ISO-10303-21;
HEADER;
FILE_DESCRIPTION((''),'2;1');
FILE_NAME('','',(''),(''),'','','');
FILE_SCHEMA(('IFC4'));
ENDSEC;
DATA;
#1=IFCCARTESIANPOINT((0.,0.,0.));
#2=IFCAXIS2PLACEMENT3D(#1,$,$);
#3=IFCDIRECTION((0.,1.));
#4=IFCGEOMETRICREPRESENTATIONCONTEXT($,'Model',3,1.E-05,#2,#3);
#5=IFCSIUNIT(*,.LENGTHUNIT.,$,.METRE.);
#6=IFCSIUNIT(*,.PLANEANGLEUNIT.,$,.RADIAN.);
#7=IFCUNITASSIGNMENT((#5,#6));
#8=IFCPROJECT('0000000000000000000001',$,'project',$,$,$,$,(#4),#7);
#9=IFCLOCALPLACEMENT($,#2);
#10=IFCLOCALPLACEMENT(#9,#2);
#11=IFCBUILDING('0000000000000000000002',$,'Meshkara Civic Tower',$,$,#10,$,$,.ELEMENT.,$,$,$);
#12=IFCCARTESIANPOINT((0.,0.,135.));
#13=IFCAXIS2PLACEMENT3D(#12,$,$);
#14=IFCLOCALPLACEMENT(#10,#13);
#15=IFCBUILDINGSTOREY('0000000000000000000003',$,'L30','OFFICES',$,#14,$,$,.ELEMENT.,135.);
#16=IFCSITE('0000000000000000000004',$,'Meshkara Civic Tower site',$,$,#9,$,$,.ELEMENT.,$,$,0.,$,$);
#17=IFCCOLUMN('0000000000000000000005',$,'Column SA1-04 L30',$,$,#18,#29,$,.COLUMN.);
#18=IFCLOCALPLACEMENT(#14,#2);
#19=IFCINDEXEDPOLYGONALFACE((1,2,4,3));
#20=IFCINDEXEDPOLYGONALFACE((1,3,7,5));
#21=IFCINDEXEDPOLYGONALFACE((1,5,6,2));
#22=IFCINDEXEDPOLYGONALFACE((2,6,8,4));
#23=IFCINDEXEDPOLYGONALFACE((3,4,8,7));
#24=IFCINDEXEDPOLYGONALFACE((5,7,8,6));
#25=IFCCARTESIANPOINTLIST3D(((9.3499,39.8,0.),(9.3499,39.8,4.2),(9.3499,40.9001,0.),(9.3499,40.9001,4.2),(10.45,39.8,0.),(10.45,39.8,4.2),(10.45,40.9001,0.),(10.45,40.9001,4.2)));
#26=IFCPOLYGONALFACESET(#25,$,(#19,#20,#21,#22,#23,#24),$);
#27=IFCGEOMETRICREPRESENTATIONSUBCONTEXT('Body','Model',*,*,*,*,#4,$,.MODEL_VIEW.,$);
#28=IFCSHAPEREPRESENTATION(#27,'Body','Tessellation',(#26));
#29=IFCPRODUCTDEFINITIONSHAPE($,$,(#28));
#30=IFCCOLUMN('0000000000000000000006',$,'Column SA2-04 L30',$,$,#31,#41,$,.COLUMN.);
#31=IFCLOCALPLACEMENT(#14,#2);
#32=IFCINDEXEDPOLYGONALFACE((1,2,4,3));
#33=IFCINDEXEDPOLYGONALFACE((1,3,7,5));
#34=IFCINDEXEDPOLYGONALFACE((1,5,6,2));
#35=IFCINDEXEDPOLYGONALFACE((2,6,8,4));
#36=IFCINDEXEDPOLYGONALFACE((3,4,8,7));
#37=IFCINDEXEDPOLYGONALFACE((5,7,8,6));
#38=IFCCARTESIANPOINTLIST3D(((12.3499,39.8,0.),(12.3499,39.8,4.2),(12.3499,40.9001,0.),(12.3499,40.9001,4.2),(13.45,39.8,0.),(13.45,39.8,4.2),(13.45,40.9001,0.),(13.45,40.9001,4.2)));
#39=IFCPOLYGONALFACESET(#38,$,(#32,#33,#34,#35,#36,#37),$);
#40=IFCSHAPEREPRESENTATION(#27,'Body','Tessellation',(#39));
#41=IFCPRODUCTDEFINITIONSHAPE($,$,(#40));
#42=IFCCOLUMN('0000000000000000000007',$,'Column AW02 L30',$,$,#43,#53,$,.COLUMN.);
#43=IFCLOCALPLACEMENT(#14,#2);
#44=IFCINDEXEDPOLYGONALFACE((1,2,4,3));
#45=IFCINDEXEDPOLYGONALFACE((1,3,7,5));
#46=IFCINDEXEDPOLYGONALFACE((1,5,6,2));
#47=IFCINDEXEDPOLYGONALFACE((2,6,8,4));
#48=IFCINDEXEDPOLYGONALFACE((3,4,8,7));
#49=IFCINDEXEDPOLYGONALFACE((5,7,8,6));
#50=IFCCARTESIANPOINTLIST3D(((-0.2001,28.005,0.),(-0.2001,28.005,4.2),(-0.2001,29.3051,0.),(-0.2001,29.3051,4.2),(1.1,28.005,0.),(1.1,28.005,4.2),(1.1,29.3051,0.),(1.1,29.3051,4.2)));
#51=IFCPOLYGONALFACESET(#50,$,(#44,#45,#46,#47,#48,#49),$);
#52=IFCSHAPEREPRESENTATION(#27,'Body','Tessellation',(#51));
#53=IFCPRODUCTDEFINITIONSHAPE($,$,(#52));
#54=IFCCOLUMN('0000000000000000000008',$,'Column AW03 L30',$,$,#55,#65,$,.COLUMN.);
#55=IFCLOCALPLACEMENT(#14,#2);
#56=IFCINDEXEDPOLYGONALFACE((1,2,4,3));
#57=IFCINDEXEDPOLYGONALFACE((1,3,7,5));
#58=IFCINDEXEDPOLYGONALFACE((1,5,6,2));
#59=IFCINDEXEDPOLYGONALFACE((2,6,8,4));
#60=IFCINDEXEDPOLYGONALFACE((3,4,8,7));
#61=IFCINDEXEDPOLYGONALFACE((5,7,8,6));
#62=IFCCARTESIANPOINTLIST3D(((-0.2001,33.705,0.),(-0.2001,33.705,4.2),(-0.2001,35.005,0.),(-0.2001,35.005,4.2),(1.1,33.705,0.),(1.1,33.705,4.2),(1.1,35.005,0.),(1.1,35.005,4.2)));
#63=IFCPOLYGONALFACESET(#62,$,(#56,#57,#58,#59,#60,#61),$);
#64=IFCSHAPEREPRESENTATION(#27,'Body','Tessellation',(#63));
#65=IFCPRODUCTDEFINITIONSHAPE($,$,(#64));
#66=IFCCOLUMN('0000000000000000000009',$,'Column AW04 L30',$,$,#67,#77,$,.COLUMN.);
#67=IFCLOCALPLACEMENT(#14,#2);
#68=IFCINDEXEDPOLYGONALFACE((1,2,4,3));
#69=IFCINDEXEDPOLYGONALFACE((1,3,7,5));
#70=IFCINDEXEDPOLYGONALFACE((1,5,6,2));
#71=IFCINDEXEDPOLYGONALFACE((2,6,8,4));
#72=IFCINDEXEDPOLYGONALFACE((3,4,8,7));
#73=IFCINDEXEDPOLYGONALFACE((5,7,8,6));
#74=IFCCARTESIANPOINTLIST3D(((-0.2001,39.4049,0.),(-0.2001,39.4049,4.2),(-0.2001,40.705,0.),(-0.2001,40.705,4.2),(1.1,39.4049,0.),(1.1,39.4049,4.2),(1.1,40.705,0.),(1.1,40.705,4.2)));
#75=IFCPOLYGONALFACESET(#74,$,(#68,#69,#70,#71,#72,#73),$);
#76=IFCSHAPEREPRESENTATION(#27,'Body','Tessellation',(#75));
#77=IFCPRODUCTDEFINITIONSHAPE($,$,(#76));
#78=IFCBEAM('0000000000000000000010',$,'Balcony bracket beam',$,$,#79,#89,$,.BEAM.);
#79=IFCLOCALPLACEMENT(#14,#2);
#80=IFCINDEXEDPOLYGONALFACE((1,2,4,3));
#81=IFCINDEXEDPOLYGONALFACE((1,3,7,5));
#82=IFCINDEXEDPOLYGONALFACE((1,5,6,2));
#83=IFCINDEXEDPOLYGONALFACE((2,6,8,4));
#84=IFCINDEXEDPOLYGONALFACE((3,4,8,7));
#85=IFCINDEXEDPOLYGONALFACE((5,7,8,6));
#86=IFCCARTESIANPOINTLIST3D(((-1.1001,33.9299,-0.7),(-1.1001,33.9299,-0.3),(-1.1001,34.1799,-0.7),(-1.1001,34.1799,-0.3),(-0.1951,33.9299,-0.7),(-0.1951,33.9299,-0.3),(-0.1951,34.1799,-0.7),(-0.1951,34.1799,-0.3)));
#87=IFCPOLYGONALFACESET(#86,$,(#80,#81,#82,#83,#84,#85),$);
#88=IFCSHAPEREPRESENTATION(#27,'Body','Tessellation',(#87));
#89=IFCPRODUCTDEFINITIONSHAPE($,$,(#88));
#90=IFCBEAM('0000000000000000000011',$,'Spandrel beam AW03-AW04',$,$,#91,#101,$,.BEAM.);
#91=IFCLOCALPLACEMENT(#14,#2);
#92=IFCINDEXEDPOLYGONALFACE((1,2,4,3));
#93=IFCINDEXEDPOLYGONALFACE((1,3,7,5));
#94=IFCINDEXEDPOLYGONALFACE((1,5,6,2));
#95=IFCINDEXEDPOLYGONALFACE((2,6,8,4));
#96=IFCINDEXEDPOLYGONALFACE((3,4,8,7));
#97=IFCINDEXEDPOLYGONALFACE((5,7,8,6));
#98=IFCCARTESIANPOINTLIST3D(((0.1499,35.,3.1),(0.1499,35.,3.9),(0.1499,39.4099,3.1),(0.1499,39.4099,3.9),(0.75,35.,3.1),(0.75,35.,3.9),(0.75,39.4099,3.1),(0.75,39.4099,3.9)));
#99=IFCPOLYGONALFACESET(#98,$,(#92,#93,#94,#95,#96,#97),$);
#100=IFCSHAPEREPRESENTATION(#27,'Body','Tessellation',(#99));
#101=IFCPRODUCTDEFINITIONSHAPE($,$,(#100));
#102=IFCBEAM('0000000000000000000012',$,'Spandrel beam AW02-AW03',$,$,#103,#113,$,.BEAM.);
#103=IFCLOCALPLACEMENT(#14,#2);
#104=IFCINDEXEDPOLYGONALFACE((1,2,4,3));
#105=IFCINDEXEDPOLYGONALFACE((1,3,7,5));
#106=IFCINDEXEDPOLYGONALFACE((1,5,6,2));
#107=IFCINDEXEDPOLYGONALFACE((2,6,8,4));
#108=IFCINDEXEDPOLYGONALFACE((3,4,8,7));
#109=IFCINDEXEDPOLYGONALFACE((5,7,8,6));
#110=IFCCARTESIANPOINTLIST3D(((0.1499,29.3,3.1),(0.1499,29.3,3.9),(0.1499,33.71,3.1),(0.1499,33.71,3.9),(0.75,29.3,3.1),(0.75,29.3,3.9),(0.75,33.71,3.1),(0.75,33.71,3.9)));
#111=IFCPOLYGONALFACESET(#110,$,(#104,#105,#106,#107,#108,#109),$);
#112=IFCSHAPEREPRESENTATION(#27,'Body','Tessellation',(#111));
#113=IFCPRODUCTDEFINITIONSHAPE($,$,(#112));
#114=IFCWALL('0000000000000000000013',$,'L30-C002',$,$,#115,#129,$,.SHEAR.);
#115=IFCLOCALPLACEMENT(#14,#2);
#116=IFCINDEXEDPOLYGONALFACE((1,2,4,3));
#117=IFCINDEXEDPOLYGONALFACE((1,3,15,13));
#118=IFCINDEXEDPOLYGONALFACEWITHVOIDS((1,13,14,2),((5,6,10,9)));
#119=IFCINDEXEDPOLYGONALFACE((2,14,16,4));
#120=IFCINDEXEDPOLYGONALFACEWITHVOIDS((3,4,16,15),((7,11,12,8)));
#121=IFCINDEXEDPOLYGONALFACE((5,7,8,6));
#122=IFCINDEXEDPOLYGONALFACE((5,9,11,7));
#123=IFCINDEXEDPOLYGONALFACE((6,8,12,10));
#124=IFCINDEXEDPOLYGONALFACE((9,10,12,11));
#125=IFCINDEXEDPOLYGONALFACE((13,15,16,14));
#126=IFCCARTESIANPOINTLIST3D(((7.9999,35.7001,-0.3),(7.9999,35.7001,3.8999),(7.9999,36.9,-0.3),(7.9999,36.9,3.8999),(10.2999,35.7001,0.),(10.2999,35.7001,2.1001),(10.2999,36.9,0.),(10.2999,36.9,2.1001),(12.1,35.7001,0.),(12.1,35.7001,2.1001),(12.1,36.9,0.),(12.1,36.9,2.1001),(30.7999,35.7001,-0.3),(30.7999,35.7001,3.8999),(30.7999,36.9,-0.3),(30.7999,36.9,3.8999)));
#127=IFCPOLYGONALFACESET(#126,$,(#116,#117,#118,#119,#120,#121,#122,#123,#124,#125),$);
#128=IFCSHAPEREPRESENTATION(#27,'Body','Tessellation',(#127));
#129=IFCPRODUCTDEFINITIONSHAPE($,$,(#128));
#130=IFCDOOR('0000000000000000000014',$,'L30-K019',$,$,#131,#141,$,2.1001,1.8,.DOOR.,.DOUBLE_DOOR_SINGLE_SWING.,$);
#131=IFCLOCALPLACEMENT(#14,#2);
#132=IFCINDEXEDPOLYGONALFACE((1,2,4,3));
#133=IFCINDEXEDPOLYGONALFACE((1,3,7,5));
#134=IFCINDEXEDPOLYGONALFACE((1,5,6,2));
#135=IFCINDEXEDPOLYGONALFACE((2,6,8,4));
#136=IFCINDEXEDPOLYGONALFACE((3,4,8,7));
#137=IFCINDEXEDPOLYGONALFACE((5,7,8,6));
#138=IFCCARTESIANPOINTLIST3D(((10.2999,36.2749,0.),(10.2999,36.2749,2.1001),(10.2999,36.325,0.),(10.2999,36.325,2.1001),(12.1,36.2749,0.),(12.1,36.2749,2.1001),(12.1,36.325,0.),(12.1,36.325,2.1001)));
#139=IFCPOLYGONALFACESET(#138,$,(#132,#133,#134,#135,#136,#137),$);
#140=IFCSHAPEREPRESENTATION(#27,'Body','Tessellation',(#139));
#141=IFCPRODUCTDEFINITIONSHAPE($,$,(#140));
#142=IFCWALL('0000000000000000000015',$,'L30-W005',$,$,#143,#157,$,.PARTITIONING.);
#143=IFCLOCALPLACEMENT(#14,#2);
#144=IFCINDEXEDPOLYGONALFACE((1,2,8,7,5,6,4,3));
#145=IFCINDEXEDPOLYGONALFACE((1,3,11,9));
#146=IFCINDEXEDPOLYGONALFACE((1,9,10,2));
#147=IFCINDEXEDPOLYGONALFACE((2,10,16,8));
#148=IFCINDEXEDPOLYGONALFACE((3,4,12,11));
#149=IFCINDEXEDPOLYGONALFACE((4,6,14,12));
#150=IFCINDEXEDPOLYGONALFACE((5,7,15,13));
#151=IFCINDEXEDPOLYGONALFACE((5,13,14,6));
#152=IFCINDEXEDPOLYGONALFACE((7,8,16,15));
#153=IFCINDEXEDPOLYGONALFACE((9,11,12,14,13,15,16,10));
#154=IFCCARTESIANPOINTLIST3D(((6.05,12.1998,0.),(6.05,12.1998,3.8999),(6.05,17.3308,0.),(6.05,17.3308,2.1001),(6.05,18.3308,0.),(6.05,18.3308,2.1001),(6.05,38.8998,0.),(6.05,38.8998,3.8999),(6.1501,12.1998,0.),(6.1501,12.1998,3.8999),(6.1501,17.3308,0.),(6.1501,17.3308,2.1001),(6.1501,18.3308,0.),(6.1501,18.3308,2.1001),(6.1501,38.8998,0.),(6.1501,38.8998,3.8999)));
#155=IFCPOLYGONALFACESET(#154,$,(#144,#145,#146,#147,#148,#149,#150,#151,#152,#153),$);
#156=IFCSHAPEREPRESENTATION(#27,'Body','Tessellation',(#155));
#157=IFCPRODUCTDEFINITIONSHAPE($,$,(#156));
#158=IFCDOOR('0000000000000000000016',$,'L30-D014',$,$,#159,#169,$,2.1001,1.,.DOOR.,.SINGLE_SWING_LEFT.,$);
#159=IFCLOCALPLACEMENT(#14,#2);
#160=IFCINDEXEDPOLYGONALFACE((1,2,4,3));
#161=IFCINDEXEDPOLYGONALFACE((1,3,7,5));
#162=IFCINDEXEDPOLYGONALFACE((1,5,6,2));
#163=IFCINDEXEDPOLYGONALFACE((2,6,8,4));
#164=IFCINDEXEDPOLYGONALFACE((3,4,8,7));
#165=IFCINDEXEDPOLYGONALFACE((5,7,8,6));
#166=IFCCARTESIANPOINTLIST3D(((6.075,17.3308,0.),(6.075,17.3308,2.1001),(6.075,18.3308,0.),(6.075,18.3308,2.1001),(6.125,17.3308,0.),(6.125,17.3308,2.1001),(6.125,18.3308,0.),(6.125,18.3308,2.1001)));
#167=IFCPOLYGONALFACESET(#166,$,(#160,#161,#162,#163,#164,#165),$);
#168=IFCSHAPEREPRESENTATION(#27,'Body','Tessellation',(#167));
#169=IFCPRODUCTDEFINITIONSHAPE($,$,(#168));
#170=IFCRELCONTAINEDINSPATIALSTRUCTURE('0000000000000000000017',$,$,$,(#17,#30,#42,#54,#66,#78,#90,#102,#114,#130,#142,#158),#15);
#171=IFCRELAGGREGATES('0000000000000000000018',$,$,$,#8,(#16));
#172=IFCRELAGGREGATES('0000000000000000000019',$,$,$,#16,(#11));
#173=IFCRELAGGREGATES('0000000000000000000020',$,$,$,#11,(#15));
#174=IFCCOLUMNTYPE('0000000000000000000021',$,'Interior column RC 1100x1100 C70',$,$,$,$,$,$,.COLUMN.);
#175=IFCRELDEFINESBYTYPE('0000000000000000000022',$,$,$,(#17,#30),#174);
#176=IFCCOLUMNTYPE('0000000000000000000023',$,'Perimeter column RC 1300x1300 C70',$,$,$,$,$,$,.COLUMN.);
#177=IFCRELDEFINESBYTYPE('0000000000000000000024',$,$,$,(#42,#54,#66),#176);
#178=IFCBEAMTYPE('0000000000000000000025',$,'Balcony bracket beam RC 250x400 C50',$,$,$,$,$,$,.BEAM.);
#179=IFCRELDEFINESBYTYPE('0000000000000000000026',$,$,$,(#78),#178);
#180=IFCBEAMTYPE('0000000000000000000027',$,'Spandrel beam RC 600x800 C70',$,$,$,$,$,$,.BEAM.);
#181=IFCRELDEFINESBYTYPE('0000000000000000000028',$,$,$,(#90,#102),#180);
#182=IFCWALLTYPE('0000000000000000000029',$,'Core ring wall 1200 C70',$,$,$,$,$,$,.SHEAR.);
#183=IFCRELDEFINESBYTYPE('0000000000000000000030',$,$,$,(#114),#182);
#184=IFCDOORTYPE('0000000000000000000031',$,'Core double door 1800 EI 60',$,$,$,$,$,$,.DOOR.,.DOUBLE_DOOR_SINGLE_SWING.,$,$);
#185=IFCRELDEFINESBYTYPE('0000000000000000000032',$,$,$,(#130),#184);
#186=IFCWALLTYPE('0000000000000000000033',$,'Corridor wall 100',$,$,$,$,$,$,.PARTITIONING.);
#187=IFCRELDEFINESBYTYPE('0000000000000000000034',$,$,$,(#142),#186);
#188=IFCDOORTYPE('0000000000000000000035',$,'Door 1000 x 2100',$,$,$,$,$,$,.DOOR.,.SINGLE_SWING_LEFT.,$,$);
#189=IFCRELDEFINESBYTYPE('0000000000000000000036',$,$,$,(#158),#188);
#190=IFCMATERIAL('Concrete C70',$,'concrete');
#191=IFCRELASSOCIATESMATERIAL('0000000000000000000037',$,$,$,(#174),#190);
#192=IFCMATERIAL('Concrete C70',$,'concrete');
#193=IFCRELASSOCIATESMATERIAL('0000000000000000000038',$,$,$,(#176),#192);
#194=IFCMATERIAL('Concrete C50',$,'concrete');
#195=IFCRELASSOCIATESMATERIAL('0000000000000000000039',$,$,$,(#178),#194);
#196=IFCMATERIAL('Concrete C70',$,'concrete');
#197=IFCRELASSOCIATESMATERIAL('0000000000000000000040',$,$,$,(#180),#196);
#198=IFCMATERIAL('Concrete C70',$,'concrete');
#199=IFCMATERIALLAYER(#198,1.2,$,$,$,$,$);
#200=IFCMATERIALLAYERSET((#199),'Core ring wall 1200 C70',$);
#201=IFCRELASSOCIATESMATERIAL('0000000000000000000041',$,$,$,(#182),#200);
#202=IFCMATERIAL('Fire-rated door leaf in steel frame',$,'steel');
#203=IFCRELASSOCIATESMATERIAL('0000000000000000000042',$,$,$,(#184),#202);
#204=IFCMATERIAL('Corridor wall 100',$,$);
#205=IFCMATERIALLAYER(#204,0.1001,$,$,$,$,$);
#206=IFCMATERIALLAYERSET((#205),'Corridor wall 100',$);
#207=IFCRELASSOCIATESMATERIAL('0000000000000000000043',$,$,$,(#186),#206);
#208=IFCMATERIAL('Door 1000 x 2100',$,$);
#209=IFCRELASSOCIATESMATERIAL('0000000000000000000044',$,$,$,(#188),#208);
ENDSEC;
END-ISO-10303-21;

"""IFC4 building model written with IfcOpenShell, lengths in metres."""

from ifc_helpers import new_model, si_unit, direction, frame, frame_2d, origin, origin_2d, place, context, subcontext, project, spatial, rectangle, extrude, material, layer, layer_set, material_profile, profile_set, type_object, element, fill, save


model = new_model("IFC4")

# Units and contexts
model_context = context("Model", 3, precision=1e-05, world=origin(), true_north=direction((0.0, 1.0)))
body_context = subcontext(model_context, "Body", "Model", "MODEL_VIEW")
ifc_project = project(units=[si_unit("LENGTHUNIT", "METRE"), si_unit("PLANEANGLEUNIT", "RADIAN")], contexts=[model_context])

# Site, building, storey
site_placement = place(None, origin())
site = spatial("IfcSite", under=ifc_project, at=site_placement, Name="Meshkara Civic Tower site", CompositionType="ELEMENT", RefElevation=0.0)
building_placement = place(site_placement, origin())
building = spatial("IfcBuilding", under=site, at=building_placement, Name="Meshkara Civic Tower", CompositionType="ELEMENT")
storey_placement = place(building_placement, frame((0.0, 0.0, 135.0)))
storey = spatial("IfcBuildingStorey", under=building, at=storey_placement, Name="L30", Description="OFFICES", CompositionType="ELEMENT", Elevation=135.0)

# Columns
ifc_material_1 = material(Name="Concrete C70", Category="concrete")
ifc_material_profile_1 = material_profile(ifc_material_1, rectangle(XDim=1.1001, YDim=1.1001, at=origin_2d()))
ifc_profile_set_1 = profile_set([ifc_material_profile_1], Name="Concrete C70")
column_type_1 = type_object("IfcColumnType", Name="Interior column RC 1100x1100 C70", PredefinedType="COLUMN", material=ifc_profile_set_1)
for number, where, z_axis, x_axis, name in (
    (1, (9.8999, 40.3501, 0.0), (0.0, 0.0, 1.0), (1.0, 0.0, 0.0), "Column SA1-04 L30"),
    (2, (12.8999, 40.3501, 0.0), (0.0, 0.0, 1.0), (1.0, 0.0, 0.0), "Column SA2-04 L30"),
):
    element("IfcColumn", number, at=place(storey_placement, frame(where, z_axis=z_axis, x_axis=x_axis)), inside=storey, type_object=column_type_1, Name=name, PredefinedType="COLUMN", context=body_context, shape_type="SweptSolid", body=[
        extrude(rectangle(XDim=1.1001, YDim=1.1001, at=origin_2d()), origin(), (0.0, 0.0, 1.0), 4.2),
    ])
ifc_material_2 = material(Name="Concrete C70", Category="concrete")
ifc_material_profile_2 = material_profile(ifc_material_2, rectangle(XDim=1.3, YDim=1.3, at=origin_2d()))
ifc_profile_set_2 = profile_set([ifc_material_profile_2], Name="Concrete C70")
column_type_2 = type_object("IfcColumnType", Name="Perimeter column RC 1300x1300 C70", PredefinedType="COLUMN", material=ifc_profile_set_2)
for number, where, z_axis, x_axis, name in (
    (3, (0.45, 28.655, 0.0), (0.0, 0.0, 1.0), (1.0, 0.0, 0.0), "Column AW02 L30"),
    (4, (0.45, 34.355, 0.0), (0.0, 0.0, 1.0), (1.0, 0.0, 0.0), "Column AW03 L30"),
    (5, (0.45, 40.0549, 0.0), (0.0, 0.0, 1.0), (1.0, 0.0, 0.0), "Column AW04 L30"),
):
    element("IfcColumn", number, at=place(storey_placement, frame(where, z_axis=z_axis, x_axis=x_axis)), inside=storey, type_object=column_type_2, Name=name, PredefinedType="COLUMN", context=body_context, shape_type="SweptSolid", body=[
        extrude(rectangle(XDim=1.3, YDim=1.3, at=origin_2d()), origin(), (0.0, 0.0, 1.0), 4.2),
    ])

# Beams
ifc_material_3 = material(Name="Concrete C50", Category="concrete")
ifc_material_profile_3 = material_profile(ifc_material_3, rectangle(XDim=0.25, YDim=0.3999, at=origin_2d()))
ifc_profile_set_3 = profile_set([ifc_material_profile_3], Name="Concrete C50")
beam_type_1 = type_object("IfcBeamType", Name="Balcony bracket beam RC 250x400 C50", PredefinedType="BEAM", material=ifc_profile_set_3)
beam_placement = place(storey_placement, frame((-0.1951, 34.0549, -0.5), z_axis=(-1.0, 0.0, 0.0), x_axis=(0.0, -1.0, 0.0)))
element("IfcBeam", 6, at=beam_placement, inside=storey, type_object=beam_type_1, Name="Balcony bracket beam", PredefinedType="BEAM", context=body_context, shape_type="SweptSolid", body=[
    extrude(rectangle(XDim=0.25, YDim=0.3999, at=origin_2d()), origin(), (0.0, 0.0, 1.0), 0.905),
])
ifc_material_4 = material(Name="Concrete C70", Category="concrete")
ifc_material_profile_4 = material_profile(ifc_material_4, rectangle(XDim=0.6001, YDim=0.8, at=origin_2d()))
ifc_profile_set_4 = profile_set([ifc_material_profile_4], Name="Concrete C70")
beam_type_2 = type_object("IfcBeamType", Name="Spandrel beam RC 600x800 C70", PredefinedType="BEAM", material=ifc_profile_set_4)
for number, where, z_axis, x_axis, name in (
    (7, (0.45, 39.4099, 3.5), (0.0, -1.0, 0.0), (1.0, 0.0, 0.0), "Spandrel beam AW03-AW04"),
    (8, (0.45, 33.71, 3.5), (0.0, -1.0, 0.0), (1.0, 0.0, 0.0), "Spandrel beam AW02-AW03"),
):
    element("IfcBeam", number, at=place(storey_placement, frame(where, z_axis=z_axis, x_axis=x_axis)), inside=storey, type_object=beam_type_2, Name=name, PredefinedType="BEAM", context=body_context, shape_type="SweptSolid", body=[
        extrude(rectangle(XDim=0.6001, YDim=0.8, at=origin_2d()), origin(), (0.0, 0.0, 1.0), 4.4099),
    ])

# Walls, openings, doors
ifc_material_5 = material(Name="Concrete C70", Category="concrete")
ifc_layer_1 = layer(ifc_material_5, 1.2)
ifc_layer_set_1 = layer_set([ifc_layer_1], Name="Core ring wall 1200 C70")
wall_type_1 = type_object("IfcWallType", Name="Core ring wall 1200 C70", PredefinedType="SHEAR", material=ifc_layer_set_1)
wall_1_placement = place(storey_placement, frame((8.0, 36.3, -0.3), z_axis=(0.0, 0.0, 1.0), x_axis=(1.0, 0.0, 0.0)))
wall_1 = element("IfcWall", 9, at=wall_1_placement, inside=storey, type_object=wall_type_1, Name="L30-C002", PredefinedType="SHEAR", context=body_context, shape_type="SweptSolid", body=[
    extrude(rectangle(XDim=22.8, YDim=1.2, at=frame_2d((11.3999, 0.0))), origin(), (0.0, 0.0, 1.0), 4.2),
])
opening_1_placement = place(wall_1_placement, frame((2.3, 0.0, 0.3)))
opening_1 = element("IfcOpeningElement", 10, at=opening_1_placement, cuts=wall_1, PredefinedType="OPENING", context=body_context, shape_type="SweptSolid", body=[
    extrude(rectangle(XDim=1.8, YDim=2.1001, at=frame_2d((0.8999, 1.05))), frame((0.0, 0.6099, 0.0), z_axis=(0.0, -1.0, 0.0), x_axis=(1.0, 0.0, 0.0)), (0.0, 0.0, 1.0), 1.22),
])
ifc_material_6 = material(Name="Fire-rated door leaf in steel frame", Category="steel")
door_type_1 = type_object("IfcDoorType", Name="Core double door 1800 EI 60", OperationType="DOUBLE_DOOR_SINGLE_SWING", PredefinedType="DOOR", material=ifc_material_6)
door_1_placement = place(opening_1_placement, origin())
door_1 = element("IfcDoor", 11, at=door_1_placement, inside=storey, type_object=door_type_1, Name="L30-K019", OperationType="DOUBLE_DOOR_SINGLE_SWING", OverallHeight=2.1001, OverallWidth=1.8, PredefinedType="DOOR", context=body_context, shape_type="SweptSolid", body=[
    extrude(rectangle(XDim=1.8, YDim=2.1001, at=frame_2d((0.8999, 1.05))), frame((0.0, 0.0249, 0.0), z_axis=(0.0, -1.0, 0.0), x_axis=(1.0, 0.0, 0.0)), (0.0, 0.0, 1.0), 0.05),
])
fill(opening_1, door_1)
ifc_material_7 = material(Name="Corridor wall 100")
ifc_layer_2 = layer(ifc_material_7, 0.1001)
ifc_layer_set_2 = layer_set([ifc_layer_2], Name="Corridor wall 100")
wall_type_2 = type_object("IfcWallType", Name="Corridor wall 100", PredefinedType="PARTITIONING", material=ifc_layer_set_2)
wall_2_placement = place(storey_placement, frame((6.1001, 38.8999, 0.0), z_axis=(0.0, 0.0, 1.0), x_axis=(0.0, -1.0, 0.0)))
wall_2 = element("IfcWall", 12, at=wall_2_placement, inside=storey, type_object=wall_type_2, Name="L30-W005", PredefinedType="PARTITIONING", context=body_context, shape_type="SweptSolid", body=[
    extrude(rectangle(XDim=26.7, YDim=0.1001, at=frame_2d((13.3501, 0.0))), origin(), (0.0, 0.0, 1.0), 3.8999),
])
opening_2_placement = place(wall_2_placement, frame((20.5691, 0.0, 0.0)))
opening_2 = element("IfcOpeningElement", 13, at=opening_2_placement, cuts=wall_2, PredefinedType="OPENING", context=body_context, shape_type="SweptSolid", body=[
    extrude(rectangle(XDim=1.0, YDim=2.1001, at=frame_2d((0.5, 1.05))), frame((0.0, 0.0601, 0.0), z_axis=(0.0, -1.0, 0.0), x_axis=(1.0, 0.0, 0.0)), (0.0, 0.0, 1.0), 0.1201),
])
ifc_material_8 = material(Name="Door 1000 x 2100")
door_type_2 = type_object("IfcDoorType", Name="Door 1000 x 2100", OperationType="SINGLE_SWING_LEFT", PredefinedType="DOOR", material=ifc_material_8)
door_2_placement = place(opening_2_placement, origin())
door_2 = element("IfcDoor", 14, at=door_2_placement, inside=storey, type_object=door_type_2, Name="L30-D014", OperationType="SINGLE_SWING_LEFT", OverallHeight=2.1001, OverallWidth=1.0, PredefinedType="DOOR", context=body_context, shape_type="SweptSolid", body=[
    extrude(rectangle(XDim=1.0, YDim=2.1001, at=frame_2d((0.5, 1.05))), frame((0.0, 0.0249, 0.0), z_axis=(0.0, -1.0, 0.0), x_axis=(1.0, 0.0, 0.0)), (0.0, 0.0, 1.0), 0.05),
])
fill(opening_2, door_2)

save(model, "model.ifc")
